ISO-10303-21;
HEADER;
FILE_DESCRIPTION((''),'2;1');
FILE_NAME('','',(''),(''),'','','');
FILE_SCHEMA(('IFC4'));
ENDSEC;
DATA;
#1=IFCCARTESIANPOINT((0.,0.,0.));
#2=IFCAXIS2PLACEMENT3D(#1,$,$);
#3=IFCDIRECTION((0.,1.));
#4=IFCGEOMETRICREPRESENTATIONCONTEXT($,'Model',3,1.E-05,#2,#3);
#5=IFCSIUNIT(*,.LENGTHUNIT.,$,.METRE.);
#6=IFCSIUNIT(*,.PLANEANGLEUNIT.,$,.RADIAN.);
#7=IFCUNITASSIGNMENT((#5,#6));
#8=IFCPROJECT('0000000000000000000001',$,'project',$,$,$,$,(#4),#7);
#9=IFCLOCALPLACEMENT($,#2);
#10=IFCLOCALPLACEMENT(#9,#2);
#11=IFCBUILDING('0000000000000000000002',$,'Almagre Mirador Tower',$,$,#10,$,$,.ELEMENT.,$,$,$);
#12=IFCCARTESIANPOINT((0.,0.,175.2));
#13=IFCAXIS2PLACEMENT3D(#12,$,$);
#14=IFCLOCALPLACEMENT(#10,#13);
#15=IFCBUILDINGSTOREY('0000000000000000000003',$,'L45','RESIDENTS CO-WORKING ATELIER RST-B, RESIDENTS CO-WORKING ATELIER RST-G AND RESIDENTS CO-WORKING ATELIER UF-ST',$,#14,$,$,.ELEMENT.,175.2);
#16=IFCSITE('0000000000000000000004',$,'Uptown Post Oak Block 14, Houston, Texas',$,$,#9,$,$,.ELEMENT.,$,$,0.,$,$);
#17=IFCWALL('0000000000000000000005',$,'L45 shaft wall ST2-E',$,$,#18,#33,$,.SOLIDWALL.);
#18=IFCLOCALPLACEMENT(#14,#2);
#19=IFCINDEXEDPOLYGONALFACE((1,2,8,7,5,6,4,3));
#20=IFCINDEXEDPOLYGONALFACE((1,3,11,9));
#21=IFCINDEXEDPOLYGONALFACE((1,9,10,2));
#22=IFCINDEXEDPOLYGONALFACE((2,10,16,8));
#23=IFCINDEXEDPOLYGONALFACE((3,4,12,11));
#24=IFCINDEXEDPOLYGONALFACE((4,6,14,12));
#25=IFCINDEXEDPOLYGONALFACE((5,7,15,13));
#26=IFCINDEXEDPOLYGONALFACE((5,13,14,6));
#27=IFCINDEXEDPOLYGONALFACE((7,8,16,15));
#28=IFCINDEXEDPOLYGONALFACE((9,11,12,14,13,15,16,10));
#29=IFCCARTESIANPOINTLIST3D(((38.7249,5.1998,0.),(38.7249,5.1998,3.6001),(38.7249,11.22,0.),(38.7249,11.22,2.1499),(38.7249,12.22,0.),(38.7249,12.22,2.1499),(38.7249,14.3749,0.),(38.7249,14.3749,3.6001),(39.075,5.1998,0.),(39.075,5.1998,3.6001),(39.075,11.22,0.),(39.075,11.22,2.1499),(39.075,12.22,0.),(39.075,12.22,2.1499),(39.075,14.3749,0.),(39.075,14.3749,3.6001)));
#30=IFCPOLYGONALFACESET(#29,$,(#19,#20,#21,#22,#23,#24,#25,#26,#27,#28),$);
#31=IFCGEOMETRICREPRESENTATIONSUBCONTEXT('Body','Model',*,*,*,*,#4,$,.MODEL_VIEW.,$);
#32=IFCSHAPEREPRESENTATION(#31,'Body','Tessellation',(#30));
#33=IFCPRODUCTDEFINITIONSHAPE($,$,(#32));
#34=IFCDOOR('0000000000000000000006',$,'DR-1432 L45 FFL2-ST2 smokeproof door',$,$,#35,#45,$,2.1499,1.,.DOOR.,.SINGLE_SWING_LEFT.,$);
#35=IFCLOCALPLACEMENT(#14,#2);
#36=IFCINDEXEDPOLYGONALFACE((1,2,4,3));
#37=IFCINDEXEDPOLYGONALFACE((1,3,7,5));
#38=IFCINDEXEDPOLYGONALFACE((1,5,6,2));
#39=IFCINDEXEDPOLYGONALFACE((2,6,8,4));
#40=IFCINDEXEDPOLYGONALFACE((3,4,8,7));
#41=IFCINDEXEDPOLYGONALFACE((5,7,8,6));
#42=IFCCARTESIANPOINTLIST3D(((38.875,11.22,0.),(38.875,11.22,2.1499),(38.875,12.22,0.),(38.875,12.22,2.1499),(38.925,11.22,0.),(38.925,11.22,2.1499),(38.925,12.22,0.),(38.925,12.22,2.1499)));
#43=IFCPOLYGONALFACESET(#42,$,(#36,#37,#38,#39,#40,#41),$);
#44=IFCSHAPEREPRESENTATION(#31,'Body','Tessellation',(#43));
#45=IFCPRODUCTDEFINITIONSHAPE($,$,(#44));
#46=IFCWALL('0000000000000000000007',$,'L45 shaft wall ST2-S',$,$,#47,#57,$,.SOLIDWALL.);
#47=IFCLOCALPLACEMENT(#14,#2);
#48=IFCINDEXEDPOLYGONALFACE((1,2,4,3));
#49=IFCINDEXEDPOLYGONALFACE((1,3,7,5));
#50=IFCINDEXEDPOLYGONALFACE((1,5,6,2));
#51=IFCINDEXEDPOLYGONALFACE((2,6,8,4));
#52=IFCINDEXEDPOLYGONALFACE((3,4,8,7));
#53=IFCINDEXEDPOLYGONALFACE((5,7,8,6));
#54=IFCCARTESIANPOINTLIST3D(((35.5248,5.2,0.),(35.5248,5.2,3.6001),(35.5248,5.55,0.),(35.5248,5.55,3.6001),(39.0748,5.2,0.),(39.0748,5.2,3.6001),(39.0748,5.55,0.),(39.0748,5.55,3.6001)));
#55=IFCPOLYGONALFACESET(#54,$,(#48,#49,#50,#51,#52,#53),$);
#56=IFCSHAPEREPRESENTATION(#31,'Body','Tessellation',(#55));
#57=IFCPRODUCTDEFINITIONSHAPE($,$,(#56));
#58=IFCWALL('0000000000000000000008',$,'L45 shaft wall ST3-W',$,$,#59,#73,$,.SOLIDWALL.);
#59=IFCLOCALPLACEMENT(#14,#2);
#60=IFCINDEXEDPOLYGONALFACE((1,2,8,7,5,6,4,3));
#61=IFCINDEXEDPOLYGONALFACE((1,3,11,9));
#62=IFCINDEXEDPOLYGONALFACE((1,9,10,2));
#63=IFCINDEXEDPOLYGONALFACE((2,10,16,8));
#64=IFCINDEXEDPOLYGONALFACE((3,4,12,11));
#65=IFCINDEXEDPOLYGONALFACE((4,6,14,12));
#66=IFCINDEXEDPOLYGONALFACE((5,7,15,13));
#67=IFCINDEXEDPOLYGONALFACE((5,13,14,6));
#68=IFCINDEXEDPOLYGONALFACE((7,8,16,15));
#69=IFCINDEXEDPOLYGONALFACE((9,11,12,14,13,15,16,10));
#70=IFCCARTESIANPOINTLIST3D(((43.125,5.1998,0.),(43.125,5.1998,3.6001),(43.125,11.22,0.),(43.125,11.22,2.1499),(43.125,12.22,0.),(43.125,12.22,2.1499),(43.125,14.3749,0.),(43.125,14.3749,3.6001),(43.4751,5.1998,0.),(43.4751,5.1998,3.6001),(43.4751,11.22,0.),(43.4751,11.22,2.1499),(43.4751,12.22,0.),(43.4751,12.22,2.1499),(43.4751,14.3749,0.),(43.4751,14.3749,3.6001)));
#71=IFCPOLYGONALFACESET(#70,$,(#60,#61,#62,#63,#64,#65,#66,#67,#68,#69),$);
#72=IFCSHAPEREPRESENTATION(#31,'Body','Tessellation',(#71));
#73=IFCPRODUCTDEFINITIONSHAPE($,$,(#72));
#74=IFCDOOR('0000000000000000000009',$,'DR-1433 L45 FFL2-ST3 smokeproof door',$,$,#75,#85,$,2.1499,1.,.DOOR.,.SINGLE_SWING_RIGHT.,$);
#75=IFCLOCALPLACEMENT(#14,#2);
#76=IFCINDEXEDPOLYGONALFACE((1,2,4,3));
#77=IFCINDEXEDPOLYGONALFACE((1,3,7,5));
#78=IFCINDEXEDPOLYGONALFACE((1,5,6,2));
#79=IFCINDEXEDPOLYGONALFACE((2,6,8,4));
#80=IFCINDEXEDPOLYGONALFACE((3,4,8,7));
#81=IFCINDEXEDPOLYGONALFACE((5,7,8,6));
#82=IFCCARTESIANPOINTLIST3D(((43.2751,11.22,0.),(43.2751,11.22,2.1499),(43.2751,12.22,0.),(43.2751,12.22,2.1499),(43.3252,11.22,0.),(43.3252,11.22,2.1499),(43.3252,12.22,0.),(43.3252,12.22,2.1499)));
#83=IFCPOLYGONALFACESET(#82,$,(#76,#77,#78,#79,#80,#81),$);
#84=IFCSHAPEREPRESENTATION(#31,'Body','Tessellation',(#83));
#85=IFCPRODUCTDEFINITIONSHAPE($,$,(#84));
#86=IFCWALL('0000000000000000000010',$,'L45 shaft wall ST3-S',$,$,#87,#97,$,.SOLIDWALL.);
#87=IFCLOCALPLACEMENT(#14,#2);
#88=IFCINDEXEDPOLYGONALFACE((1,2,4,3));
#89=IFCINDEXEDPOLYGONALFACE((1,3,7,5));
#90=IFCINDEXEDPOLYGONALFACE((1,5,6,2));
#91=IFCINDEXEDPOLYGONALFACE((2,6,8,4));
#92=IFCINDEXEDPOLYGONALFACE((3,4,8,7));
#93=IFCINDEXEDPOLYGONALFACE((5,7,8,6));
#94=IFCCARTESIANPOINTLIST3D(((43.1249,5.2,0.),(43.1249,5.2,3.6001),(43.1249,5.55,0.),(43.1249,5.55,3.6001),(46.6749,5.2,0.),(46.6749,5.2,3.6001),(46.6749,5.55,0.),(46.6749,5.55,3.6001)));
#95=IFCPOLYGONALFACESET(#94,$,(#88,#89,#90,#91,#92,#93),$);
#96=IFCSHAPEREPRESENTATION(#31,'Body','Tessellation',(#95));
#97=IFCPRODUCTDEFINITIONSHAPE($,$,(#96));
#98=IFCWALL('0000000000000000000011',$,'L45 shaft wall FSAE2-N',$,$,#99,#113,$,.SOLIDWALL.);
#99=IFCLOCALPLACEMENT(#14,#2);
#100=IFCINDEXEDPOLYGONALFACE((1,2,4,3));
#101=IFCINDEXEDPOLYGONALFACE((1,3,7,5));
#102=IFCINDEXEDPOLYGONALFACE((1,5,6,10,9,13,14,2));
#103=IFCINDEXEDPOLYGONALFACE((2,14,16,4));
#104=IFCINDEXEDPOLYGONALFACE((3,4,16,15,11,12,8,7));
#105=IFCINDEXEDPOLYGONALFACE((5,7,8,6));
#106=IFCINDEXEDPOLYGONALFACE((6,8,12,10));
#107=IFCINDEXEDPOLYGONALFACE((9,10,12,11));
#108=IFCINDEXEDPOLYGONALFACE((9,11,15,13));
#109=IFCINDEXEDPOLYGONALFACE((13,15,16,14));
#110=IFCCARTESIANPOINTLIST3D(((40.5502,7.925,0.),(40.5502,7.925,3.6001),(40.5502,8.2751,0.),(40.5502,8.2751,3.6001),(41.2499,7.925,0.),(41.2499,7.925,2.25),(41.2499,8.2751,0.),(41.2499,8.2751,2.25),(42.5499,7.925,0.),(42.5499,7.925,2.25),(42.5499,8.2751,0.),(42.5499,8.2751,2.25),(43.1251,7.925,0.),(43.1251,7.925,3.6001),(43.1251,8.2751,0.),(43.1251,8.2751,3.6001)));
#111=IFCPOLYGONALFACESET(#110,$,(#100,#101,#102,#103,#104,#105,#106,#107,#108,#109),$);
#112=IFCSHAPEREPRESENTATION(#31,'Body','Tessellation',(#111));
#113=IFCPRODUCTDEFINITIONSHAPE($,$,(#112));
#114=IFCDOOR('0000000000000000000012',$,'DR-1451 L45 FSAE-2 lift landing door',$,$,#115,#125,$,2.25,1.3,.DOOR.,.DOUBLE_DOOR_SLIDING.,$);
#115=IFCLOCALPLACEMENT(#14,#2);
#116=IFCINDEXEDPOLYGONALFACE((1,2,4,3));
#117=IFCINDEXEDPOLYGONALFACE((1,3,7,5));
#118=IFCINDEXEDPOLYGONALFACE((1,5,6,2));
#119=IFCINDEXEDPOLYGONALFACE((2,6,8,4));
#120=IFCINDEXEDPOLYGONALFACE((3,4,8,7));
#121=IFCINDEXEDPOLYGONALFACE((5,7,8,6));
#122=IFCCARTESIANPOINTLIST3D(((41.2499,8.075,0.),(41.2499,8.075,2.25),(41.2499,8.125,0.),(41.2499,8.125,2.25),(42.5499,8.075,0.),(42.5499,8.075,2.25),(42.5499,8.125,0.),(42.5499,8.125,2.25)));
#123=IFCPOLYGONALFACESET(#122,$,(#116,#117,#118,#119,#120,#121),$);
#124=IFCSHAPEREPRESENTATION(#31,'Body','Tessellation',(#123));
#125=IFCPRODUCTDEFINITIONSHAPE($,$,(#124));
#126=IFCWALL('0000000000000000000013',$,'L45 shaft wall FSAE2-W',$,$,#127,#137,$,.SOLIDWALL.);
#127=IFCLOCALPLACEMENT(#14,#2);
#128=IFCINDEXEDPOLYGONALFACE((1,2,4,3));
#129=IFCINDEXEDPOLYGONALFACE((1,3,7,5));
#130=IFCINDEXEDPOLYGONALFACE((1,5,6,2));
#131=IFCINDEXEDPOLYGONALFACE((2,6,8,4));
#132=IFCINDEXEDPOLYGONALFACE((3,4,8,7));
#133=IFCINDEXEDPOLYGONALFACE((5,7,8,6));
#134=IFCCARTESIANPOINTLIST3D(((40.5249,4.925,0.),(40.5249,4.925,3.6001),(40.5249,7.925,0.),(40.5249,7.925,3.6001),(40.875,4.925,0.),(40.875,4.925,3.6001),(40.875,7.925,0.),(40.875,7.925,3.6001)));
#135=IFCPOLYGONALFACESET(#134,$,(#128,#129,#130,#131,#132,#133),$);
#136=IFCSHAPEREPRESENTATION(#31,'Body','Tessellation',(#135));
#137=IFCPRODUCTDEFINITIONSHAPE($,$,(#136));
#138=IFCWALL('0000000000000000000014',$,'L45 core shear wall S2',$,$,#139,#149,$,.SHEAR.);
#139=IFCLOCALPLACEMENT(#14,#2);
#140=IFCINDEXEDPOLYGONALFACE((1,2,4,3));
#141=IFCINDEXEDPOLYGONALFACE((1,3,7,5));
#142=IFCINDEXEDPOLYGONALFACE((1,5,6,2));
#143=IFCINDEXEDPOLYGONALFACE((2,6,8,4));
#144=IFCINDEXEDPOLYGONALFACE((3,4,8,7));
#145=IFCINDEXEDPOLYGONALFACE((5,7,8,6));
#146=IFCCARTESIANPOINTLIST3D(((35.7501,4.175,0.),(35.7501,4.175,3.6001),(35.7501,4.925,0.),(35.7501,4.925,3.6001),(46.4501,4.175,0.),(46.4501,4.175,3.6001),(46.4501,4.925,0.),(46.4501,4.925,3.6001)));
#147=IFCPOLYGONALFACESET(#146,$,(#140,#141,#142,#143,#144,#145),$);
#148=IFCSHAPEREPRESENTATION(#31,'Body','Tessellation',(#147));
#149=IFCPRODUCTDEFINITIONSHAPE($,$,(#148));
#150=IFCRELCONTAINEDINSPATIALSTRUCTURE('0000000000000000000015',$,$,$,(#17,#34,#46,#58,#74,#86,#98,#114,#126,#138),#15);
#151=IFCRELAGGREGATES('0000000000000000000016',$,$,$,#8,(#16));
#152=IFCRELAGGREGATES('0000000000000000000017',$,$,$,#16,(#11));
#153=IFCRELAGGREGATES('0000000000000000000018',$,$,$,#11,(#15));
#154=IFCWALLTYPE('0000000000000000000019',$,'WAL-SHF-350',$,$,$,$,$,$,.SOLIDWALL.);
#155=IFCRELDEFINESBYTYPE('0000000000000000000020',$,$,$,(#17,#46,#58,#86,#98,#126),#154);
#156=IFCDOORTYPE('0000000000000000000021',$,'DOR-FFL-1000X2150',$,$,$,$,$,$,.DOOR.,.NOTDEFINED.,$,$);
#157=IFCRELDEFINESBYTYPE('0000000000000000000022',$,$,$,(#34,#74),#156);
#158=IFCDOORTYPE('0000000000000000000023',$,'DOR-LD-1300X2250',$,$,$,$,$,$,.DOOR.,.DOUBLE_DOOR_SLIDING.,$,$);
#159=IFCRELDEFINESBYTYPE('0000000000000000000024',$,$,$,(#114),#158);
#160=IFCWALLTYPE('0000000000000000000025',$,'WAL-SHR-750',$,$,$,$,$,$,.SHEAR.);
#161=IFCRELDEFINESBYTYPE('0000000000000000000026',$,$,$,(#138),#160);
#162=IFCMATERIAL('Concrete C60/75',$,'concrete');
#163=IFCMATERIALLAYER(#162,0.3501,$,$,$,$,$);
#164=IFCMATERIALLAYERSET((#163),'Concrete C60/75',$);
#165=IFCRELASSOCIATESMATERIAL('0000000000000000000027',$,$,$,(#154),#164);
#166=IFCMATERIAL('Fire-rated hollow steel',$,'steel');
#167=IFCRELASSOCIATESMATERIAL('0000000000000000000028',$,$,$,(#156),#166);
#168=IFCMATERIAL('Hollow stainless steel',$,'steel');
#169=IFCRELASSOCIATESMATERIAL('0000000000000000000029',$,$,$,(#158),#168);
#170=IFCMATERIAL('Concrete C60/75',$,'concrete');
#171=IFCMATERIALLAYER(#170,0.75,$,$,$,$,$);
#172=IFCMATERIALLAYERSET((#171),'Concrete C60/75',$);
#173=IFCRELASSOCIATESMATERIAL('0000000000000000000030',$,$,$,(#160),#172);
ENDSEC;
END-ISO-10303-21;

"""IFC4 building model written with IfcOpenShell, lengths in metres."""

from ifc_helpers import new_model, si_unit, direction, frame, frame_2d, origin, place, context, subcontext, project, spatial, rectangle, extrude, material, layer, layer_set, type_object, element, fill, save


model = new_model("IFC4")

# Units and contexts
model_context = context("Model", 3, precision=1e-05, world=origin(), true_north=direction((0.0, 1.0)))
body_context = subcontext(model_context, "Body", "Model", "MODEL_VIEW")
ifc_project = project(units=[si_unit("LENGTHUNIT", "METRE"), si_unit("PLANEANGLEUNIT", "RADIAN")], contexts=[model_context])

# Site, building, storey
site_placement = place(None, origin())
site = spatial("IfcSite", under=ifc_project, at=site_placement, Name="Uptown Post Oak Block 14, Houston, Texas", CompositionType="ELEMENT", RefElevation=0.0)
building_placement = place(site_placement, origin())
building = spatial("IfcBuilding", under=site, at=building_placement, Name="Almagre Mirador Tower", CompositionType="ELEMENT")
storey_placement = place(building_placement, frame((0.0, 0.0, 175.2)))
storey = spatial("IfcBuildingStorey", under=building, at=storey_placement, Name="L45", Description="RESIDENTS CO-WORKING ATELIER RST-B, RESIDENTS CO-WORKING ATELIER RST-G AND RESIDENTS CO-WORKING ATELIER UF-ST", CompositionType="ELEMENT", Elevation=175.2)

# Wall, opening, door
ifc_material_1 = material(Name="Concrete C60/75", Category="concrete")
ifc_layer_1 = layer(ifc_material_1, 0.3501)
ifc_layer_set_1 = layer_set([ifc_layer_1], Name="Concrete C60/75")
wall_type_1 = type_object("IfcWallType", Name="WAL-SHF-350", PredefinedType="SOLIDWALL", material=ifc_layer_set_1)
ifc_material_2 = material(Name="Fire-rated hollow steel", Category="steel")
door_type_1 = type_object("IfcDoorType", Name="DOR-FFL-1000X2150", OperationType="NOTDEFINED", PredefinedType="DOOR", material=ifc_material_2)
wall_1_placement = place(storey_placement, frame((38.8999, 5.2, 0.0), z_axis=(0.0, 0.0, 1.0), x_axis=(0.0, 1.0, 0.0)))
wall_1 = element("IfcWall", 1, at=wall_1_placement, inside=storey, type_object=wall_type_1, Name="L45 shaft wall ST2-E", PredefinedType="SOLIDWALL", context=body_context, shape_type="SweptSolid", body=[
    extrude(rectangle(XDim=9.175, YDim=0.3501, at=frame_2d((4.5874, 0.0))), origin(), (0.0, 0.0, 1.0), 3.6001),
])
opening_1_placement = place(wall_1_placement, frame((6.02, 0.0, 0.0)))
opening_1 = element("IfcOpeningElement", 2, at=opening_1_placement, cuts=wall_1, PredefinedType="OPENING", context=body_context, shape_type="SweptSolid", body=[
    extrude(rectangle(XDim=1.0, YDim=2.1499, at=frame_2d((0.5, 1.075))), frame((0.0, 0.185, 0.0), z_axis=(0.0, -1.0, 0.0), x_axis=(1.0, 0.0, 0.0)), (0.0, 0.0, 1.0), 0.3701),
])
door_1_placement = place(opening_1_placement, origin())
door_1 = element("IfcDoor", 3, at=door_1_placement, inside=storey, type_object=door_type_1, Name="DR-1432 L45 FFL2-ST2 smokeproof door", OperationType="SINGLE_SWING_LEFT", OverallHeight=2.1499, OverallWidth=1.0, PredefinedType="DOOR", context=body_context, shape_type="SweptSolid", body=[
    extrude(rectangle(XDim=1.0, YDim=2.1499, at=frame_2d((0.5, 1.075))), frame((0.0, 0.0249, 0.0), z_axis=(0.0, -1.0, 0.0), x_axis=(1.0, 0.0, 0.0)), (0.0, 0.0, 1.0), 0.05),
])
fill(opening_1, door_1)

# Wall
wall_2_placement = place(storey_placement, frame((35.5249, 5.375, 0.0), z_axis=(0.0, 0.0, 1.0), x_axis=(1.0, 0.0, 0.0)))
element("IfcWall", 4, at=wall_2_placement, inside=storey, type_object=wall_type_1, Name="L45 shaft wall ST2-S", PredefinedType="SOLIDWALL", context=body_context, shape_type="SweptSolid", body=[
    extrude(rectangle(XDim=3.55, YDim=0.3501, at=frame_2d((1.7749, 0.0))), origin(), (0.0, 0.0, 1.0), 3.6001),
])

# Wall, opening, door
wall_3_placement = place(storey_placement, frame((43.3, 5.2, 0.0), z_axis=(0.0, 0.0, 1.0), x_axis=(0.0, 1.0, 0.0)))
wall_3 = element("IfcWall", 5, at=wall_3_placement, inside=storey, type_object=wall_type_1, Name="L45 shaft wall ST3-W", PredefinedType="SOLIDWALL", context=body_context, shape_type="SweptSolid", body=[
    extrude(rectangle(XDim=9.175, YDim=0.3501, at=frame_2d((4.5874, 0.0))), origin(), (0.0, 0.0, 1.0), 3.6001),
])
opening_2_placement = place(wall_3_placement, frame((6.02, 0.0, 0.0)))
opening_2 = element("IfcOpeningElement", 6, at=opening_2_placement, cuts=wall_3, PredefinedType="OPENING", context=body_context, shape_type="SweptSolid", body=[
    extrude(rectangle(XDim=1.0, YDim=2.1499, at=frame_2d((0.5, 1.075))), frame((0.0, 0.185, 0.0), z_axis=(0.0, -1.0, 0.0), x_axis=(1.0, 0.0, 0.0)), (0.0, 0.0, 1.0), 0.3701),
])
door_2_placement = place(opening_2_placement, origin())
door_2 = element("IfcDoor", 7, at=door_2_placement, inside=storey, type_object=door_type_1, Name="DR-1433 L45 FFL2-ST3 smokeproof door", OperationType="SINGLE_SWING_RIGHT", OverallHeight=2.1499, OverallWidth=1.0, PredefinedType="DOOR", context=body_context, shape_type="SweptSolid", body=[
    extrude(rectangle(XDim=1.0, YDim=2.1499, at=frame_2d((0.5, 1.075))), frame((0.0, 0.0249, 0.0), z_axis=(0.0, -1.0, 0.0), x_axis=(1.0, 0.0, 0.0)), (0.0, 0.0, 1.0), 0.05),
])
fill(opening_2, door_2)

# Wall
wall_4_placement = place(storey_placement, frame((43.125, 5.375, 0.0), z_axis=(0.0, 0.0, 1.0), x_axis=(1.0, 0.0, 0.0)))
element("IfcWall", 8, at=wall_4_placement, inside=storey, type_object=wall_type_1, Name="L45 shaft wall ST3-S", PredefinedType="SOLIDWALL", context=body_context, shape_type="SweptSolid", body=[
    extrude(rectangle(XDim=3.55, YDim=0.3501, at=frame_2d((1.7749, 0.0))), origin(), (0.0, 0.0, 1.0), 3.6001),
])

# Wall, opening, door
wall_5_placement = place(storey_placement, frame((40.55, 8.1001, 0.0), z_axis=(0.0, 0.0, 1.0), x_axis=(1.0, 0.0, 0.0)))
wall_5 = element("IfcWall", 9, at=wall_5_placement, inside=storey, type_object=wall_type_1, Name="L45 shaft wall FSAE2-N", PredefinedType="SOLIDWALL", context=body_context, shape_type="SweptSolid", body=[
    extrude(rectangle(XDim=2.575, YDim=0.3501, at=frame_2d((1.2876, 0.0))), origin(), (0.0, 0.0, 1.0), 3.6001),
])
opening_3_placement = place(wall_5_placement, frame((0.7, 0.0, 0.0)))
opening_3 = element("IfcOpeningElement", 10, at=opening_3_placement, cuts=wall_5, PredefinedType="OPENING", context=body_context, shape_type="SweptSolid", body=[
    extrude(rectangle(XDim=1.3, YDim=2.25, at=frame_2d((0.6499, 1.125))), frame((0.0, 0.185, 0.0), z_axis=(0.0, -1.0, 0.0), x_axis=(1.0, 0.0, 0.0)), (0.0, 0.0, 1.0), 0.3701),
])
ifc_material_3 = material(Name="Hollow stainless steel", Category="steel")
door_type_2 = type_object("IfcDoorType", Name="DOR-LD-1300X2250", OperationType="DOUBLE_DOOR_SLIDING", PredefinedType="DOOR", material=ifc_material_3)
door_3_placement = place(opening_3_placement, origin())
door_3 = element("IfcDoor", 11, at=door_3_placement, inside=storey, type_object=door_type_2, Name="DR-1451 L45 FSAE-2 lift landing door", OperationType="DOUBLE_DOOR_SLIDING", OverallHeight=2.25, OverallWidth=1.3, PredefinedType="DOOR", context=body_context, shape_type="SweptSolid", body=[
    extrude(rectangle(XDim=1.3, YDim=2.25, at=frame_2d((0.6499, 1.125))), frame((0.0, 0.0249, 0.0), z_axis=(0.0, -1.0, 0.0), x_axis=(1.0, 0.0, 0.0)), (0.0, 0.0, 1.0), 0.05),
])
fill(opening_3, door_3)

# Walls
wall_6_placement = place(storey_placement, frame((40.7, 4.925, 0.0), z_axis=(0.0, 0.0, 1.0), x_axis=(0.0, 1.0, 0.0)))
element("IfcWall", 12, at=wall_6_placement, inside=storey, type_object=wall_type_1, Name="L45 shaft wall FSAE2-W", PredefinedType="SOLIDWALL", context=body_context, shape_type="SweptSolid", body=[
    extrude(rectangle(XDim=3.0, YDim=0.3501, at=frame_2d((1.5, 0.0))), origin(), (0.0, 0.0, 1.0), 3.6001),
])
ifc_material_4 = material(Name="Concrete C60/75", Category="concrete")
ifc_layer_2 = layer(ifc_material_4, 0.75)
ifc_layer_set_2 = layer_set([ifc_layer_2], Name="Concrete C60/75")
wall_type_2 = type_object("IfcWallType", Name="WAL-SHR-750", PredefinedType="SHEAR", material=ifc_layer_set_2)
wall_7_placement = place(storey_placement, frame((35.75, 4.55, 0.0), z_axis=(0.0, 0.0, 1.0), x_axis=(1.0, 0.0, 0.0)))
element("IfcWall", 13, at=wall_7_placement, inside=storey, type_object=wall_type_2, Name="L45 core shear wall S2", PredefinedType="SHEAR", context=body_context, shape_type="SweptSolid", body=[
    extrude(rectangle(XDim=10.7, YDim=0.75, at=frame_2d((5.3501, 0.0))), origin(), (0.0, 0.0, 1.0), 3.6001),
])

save(model, "model.ifc")
